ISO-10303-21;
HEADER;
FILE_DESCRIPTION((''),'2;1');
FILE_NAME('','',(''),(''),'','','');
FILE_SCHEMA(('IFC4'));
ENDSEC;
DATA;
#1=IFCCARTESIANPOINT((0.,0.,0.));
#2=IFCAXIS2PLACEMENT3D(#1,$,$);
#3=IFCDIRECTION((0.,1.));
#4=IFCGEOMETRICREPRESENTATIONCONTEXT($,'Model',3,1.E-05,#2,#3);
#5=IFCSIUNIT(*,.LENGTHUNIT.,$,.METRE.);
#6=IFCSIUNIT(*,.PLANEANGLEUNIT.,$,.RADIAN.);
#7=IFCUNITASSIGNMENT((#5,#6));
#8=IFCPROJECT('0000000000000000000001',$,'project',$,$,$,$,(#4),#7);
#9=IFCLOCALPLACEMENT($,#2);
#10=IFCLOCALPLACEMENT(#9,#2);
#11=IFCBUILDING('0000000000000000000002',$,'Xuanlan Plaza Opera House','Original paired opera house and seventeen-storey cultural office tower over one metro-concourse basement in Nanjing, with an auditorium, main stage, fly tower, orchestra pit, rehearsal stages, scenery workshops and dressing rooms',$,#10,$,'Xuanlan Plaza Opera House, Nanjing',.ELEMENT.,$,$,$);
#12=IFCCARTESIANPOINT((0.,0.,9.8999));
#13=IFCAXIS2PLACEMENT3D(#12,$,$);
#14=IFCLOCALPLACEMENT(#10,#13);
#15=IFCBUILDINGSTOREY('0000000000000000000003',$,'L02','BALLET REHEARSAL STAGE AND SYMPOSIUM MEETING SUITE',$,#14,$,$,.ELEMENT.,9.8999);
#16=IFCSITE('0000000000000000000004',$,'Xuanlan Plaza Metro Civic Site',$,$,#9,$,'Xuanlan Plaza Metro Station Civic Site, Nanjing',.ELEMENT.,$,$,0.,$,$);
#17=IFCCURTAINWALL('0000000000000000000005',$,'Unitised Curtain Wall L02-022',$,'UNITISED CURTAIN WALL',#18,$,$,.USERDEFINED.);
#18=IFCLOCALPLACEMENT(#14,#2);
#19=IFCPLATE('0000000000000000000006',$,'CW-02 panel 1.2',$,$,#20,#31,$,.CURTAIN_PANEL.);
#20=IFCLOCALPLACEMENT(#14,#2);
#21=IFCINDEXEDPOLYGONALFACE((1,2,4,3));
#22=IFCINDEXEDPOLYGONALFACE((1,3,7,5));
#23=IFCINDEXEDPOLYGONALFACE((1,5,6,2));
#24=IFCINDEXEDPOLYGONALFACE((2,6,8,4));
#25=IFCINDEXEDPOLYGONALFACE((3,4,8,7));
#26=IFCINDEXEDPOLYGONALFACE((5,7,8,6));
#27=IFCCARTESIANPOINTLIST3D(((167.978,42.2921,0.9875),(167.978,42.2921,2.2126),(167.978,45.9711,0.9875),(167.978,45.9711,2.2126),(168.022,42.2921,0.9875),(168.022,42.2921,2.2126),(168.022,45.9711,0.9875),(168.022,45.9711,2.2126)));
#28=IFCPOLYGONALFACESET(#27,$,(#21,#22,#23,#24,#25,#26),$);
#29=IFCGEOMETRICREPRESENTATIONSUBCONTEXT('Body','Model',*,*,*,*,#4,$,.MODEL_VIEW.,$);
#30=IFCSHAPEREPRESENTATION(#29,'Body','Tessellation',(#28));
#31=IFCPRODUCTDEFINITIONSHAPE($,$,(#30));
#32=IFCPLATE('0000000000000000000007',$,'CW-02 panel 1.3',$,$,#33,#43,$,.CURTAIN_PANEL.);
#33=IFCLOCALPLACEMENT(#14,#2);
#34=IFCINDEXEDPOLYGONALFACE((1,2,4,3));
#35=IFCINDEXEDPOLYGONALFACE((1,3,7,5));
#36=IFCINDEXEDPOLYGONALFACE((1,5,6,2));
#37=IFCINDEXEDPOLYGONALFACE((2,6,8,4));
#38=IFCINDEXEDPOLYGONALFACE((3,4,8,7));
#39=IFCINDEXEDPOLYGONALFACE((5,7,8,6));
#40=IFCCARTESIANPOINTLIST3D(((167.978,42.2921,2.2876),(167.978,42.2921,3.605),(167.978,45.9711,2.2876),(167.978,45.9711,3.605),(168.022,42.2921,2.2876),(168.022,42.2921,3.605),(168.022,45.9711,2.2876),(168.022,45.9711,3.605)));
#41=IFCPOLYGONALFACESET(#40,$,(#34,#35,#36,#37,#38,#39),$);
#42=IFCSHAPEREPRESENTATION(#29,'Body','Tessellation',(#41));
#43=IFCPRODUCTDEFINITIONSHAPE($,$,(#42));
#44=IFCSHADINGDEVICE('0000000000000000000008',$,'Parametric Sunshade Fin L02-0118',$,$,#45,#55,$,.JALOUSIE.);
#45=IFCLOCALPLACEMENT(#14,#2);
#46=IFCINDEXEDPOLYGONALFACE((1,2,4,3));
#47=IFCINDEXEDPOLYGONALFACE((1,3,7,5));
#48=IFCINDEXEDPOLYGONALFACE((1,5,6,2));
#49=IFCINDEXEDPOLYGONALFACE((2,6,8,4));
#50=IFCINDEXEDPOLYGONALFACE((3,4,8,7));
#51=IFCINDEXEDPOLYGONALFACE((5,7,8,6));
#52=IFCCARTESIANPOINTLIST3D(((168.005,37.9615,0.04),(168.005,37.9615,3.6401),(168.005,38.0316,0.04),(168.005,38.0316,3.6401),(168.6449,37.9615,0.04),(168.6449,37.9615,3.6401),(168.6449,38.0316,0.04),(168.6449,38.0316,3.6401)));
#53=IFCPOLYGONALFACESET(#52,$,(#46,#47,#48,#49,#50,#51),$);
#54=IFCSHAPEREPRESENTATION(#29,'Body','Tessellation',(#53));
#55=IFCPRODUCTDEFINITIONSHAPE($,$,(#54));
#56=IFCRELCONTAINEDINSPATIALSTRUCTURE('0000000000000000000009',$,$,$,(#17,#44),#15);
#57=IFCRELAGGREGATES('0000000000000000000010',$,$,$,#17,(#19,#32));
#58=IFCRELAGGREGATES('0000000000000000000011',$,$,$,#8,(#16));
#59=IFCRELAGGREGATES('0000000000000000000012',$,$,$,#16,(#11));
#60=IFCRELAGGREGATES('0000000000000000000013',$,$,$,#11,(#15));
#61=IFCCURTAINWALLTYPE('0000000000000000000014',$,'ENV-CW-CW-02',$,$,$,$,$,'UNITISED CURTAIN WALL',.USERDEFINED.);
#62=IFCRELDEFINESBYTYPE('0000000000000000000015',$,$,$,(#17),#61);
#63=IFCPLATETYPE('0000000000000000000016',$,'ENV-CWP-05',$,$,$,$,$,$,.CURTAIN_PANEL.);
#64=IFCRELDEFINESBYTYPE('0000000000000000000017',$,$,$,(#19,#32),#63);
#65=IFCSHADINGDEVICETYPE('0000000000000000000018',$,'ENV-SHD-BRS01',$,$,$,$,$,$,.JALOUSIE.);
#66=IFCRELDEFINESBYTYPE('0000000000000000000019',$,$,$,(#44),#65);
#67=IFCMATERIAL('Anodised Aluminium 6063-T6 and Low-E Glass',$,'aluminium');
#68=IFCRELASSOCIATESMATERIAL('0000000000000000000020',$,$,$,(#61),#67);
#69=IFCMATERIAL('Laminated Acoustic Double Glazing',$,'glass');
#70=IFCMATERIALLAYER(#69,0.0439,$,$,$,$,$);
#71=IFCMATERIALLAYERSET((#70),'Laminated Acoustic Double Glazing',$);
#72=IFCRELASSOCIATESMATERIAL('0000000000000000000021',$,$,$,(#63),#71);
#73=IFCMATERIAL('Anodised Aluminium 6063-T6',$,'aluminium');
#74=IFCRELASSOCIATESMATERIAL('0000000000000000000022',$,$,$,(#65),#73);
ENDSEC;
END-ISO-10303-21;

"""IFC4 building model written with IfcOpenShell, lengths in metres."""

from ifc_helpers import new_model, si_unit, direction, frame, origin, origin_2d, place, context, subcontext, project, spatial, rectangle, extrude, material, layer, layer_set, type_object, element, aggregate, save


model = new_model("IFC4")

# Units and contexts
model_context = context("Model", 3, precision=1e-05, world=origin(), true_north=direction((0.0, 1.0)))
body_context = subcontext(model_context, "Body", "Model", "MODEL_VIEW")
ifc_project = project(units=[si_unit("LENGTHUNIT", "METRE"), si_unit("PLANEANGLEUNIT", "RADIAN")], contexts=[model_context])

# Site, building, storey
site_placement = place(None, origin())
site = spatial("IfcSite", under=ifc_project, at=site_placement, Name="Xuanlan Plaza Metro Civic Site", LongName="Xuanlan Plaza Metro Station Civic Site, Nanjing", CompositionType="ELEMENT", RefElevation=0.0)
building_placement = place(site_placement, origin())
building = spatial("IfcBuilding", under=site, at=building_placement, Name="Xuanlan Plaza Opera House", Description="Original paired opera house and seventeen-storey cultural office tower over one metro-concourse basement in Nanjing, with an auditorium, main stage, fly tower, orchestra pit, rehearsal stages, scenery workshops and dressing rooms", LongName="Xuanlan Plaza Opera House, Nanjing", CompositionType="ELEMENT")
storey_placement = place(building_placement, frame((0.0, 0.0, 9.8999)))
storey = spatial("IfcBuildingStorey", under=building, at=storey_placement, Name="L02", Description="BALLET REHEARSAL STAGE AND SYMPOSIUM MEETING SUITE", CompositionType="ELEMENT", Elevation=9.8999)

# Curtain wall
ifc_material_1 = material(Name="Anodised Aluminium 6063-T6 and Low-E Glass", Category="aluminium")
curtain_wall_type_1 = type_object("IfcCurtainWallType", Name="ENV-CW-CW-02", ElementType="UNITISED CURTAIN WALL", PredefinedType="USERDEFINED", material=ifc_material_1)
curtain_wall_1_placement = place(storey_placement, origin())
curtain_wall_1 = element("IfcCurtainWall", 1, at=curtain_wall_1_placement, inside=storey, type_object=curtain_wall_type_1, Name="Unitised Curtain Wall L02-022", ObjectType="UNITISED CURTAIN WALL", PredefinedType="USERDEFINED")
ifc_material_2 = material(Name="Anodised Aluminium 6063-T6", Category="aluminium")

# Plates
ifc_material_3 = material(Name="Laminated Acoustic Double Glazing", Category="glass")
ifc_layer_1 = layer(ifc_material_3, 0.0439)
ifc_layer_set_1 = layer_set([ifc_layer_1], Name="Laminated Acoustic Double Glazing")
plate_type_1 = type_object("IfcPlateType", Name="ENV-CWP-05", PredefinedType="CURTAIN_PANEL", material=ifc_layer_set_1)
plate_1_placement = place(storey_placement, frame((168.0, 44.1316, 0.9875), z_axis=(0.0, 0.0, 1.0), x_axis=(0.0, 1.0, 0.0)))
plate_1 = element("IfcPlate", 2, at=plate_1_placement, type_object=plate_type_1, Name="CW-02 panel 1.2", PredefinedType="CURTAIN_PANEL", context=body_context, shape_type="SweptSolid", body=[
    extrude(rectangle(XDim=3.679, YDim=0.0439, at=origin_2d()), origin(), (0.0, 0.0, 1.0), 1.2251),
])
plate_2_placement = place(storey_placement, frame((168.0, 44.1316, 2.2876), z_axis=(0.0, 0.0, 1.0), x_axis=(0.0, 1.0, 0.0)))
plate_2 = element("IfcPlate", 3, at=plate_2_placement, type_object=plate_type_1, Name="CW-02 panel 1.3", PredefinedType="CURTAIN_PANEL", context=body_context, shape_type="SweptSolid", body=[
    extrude(rectangle(XDim=3.679, YDim=0.0439, at=origin_2d()), origin(), (0.0, 0.0, 1.0), 1.3174),
])
aggregate(curtain_wall_1, [plate_1, plate_2])

# Shading device
shading_device_type = type_object("IfcShadingDeviceType", Name="ENV-SHD-BRS01", PredefinedType="JALOUSIE", material=ifc_material_2)
shading_device_placement = place(storey_placement, frame((168.325, 37.9966, 0.04), z_axis=(0.0, 0.0, 1.0), x_axis=(1.0, 0.0, 0.0)))
element("IfcShadingDevice", 4, at=shading_device_placement, inside=storey, type_object=shading_device_type, Name="Parametric Sunshade Fin L02-0118", PredefinedType="JALOUSIE", context=body_context, shape_type="SweptSolid", body=[
    extrude(rectangle(XDim=0.6399, YDim=0.0701, at=origin_2d()), origin(), (0.0, 0.0, 1.0), 3.6001),
])

save(model, "model.ifc")
